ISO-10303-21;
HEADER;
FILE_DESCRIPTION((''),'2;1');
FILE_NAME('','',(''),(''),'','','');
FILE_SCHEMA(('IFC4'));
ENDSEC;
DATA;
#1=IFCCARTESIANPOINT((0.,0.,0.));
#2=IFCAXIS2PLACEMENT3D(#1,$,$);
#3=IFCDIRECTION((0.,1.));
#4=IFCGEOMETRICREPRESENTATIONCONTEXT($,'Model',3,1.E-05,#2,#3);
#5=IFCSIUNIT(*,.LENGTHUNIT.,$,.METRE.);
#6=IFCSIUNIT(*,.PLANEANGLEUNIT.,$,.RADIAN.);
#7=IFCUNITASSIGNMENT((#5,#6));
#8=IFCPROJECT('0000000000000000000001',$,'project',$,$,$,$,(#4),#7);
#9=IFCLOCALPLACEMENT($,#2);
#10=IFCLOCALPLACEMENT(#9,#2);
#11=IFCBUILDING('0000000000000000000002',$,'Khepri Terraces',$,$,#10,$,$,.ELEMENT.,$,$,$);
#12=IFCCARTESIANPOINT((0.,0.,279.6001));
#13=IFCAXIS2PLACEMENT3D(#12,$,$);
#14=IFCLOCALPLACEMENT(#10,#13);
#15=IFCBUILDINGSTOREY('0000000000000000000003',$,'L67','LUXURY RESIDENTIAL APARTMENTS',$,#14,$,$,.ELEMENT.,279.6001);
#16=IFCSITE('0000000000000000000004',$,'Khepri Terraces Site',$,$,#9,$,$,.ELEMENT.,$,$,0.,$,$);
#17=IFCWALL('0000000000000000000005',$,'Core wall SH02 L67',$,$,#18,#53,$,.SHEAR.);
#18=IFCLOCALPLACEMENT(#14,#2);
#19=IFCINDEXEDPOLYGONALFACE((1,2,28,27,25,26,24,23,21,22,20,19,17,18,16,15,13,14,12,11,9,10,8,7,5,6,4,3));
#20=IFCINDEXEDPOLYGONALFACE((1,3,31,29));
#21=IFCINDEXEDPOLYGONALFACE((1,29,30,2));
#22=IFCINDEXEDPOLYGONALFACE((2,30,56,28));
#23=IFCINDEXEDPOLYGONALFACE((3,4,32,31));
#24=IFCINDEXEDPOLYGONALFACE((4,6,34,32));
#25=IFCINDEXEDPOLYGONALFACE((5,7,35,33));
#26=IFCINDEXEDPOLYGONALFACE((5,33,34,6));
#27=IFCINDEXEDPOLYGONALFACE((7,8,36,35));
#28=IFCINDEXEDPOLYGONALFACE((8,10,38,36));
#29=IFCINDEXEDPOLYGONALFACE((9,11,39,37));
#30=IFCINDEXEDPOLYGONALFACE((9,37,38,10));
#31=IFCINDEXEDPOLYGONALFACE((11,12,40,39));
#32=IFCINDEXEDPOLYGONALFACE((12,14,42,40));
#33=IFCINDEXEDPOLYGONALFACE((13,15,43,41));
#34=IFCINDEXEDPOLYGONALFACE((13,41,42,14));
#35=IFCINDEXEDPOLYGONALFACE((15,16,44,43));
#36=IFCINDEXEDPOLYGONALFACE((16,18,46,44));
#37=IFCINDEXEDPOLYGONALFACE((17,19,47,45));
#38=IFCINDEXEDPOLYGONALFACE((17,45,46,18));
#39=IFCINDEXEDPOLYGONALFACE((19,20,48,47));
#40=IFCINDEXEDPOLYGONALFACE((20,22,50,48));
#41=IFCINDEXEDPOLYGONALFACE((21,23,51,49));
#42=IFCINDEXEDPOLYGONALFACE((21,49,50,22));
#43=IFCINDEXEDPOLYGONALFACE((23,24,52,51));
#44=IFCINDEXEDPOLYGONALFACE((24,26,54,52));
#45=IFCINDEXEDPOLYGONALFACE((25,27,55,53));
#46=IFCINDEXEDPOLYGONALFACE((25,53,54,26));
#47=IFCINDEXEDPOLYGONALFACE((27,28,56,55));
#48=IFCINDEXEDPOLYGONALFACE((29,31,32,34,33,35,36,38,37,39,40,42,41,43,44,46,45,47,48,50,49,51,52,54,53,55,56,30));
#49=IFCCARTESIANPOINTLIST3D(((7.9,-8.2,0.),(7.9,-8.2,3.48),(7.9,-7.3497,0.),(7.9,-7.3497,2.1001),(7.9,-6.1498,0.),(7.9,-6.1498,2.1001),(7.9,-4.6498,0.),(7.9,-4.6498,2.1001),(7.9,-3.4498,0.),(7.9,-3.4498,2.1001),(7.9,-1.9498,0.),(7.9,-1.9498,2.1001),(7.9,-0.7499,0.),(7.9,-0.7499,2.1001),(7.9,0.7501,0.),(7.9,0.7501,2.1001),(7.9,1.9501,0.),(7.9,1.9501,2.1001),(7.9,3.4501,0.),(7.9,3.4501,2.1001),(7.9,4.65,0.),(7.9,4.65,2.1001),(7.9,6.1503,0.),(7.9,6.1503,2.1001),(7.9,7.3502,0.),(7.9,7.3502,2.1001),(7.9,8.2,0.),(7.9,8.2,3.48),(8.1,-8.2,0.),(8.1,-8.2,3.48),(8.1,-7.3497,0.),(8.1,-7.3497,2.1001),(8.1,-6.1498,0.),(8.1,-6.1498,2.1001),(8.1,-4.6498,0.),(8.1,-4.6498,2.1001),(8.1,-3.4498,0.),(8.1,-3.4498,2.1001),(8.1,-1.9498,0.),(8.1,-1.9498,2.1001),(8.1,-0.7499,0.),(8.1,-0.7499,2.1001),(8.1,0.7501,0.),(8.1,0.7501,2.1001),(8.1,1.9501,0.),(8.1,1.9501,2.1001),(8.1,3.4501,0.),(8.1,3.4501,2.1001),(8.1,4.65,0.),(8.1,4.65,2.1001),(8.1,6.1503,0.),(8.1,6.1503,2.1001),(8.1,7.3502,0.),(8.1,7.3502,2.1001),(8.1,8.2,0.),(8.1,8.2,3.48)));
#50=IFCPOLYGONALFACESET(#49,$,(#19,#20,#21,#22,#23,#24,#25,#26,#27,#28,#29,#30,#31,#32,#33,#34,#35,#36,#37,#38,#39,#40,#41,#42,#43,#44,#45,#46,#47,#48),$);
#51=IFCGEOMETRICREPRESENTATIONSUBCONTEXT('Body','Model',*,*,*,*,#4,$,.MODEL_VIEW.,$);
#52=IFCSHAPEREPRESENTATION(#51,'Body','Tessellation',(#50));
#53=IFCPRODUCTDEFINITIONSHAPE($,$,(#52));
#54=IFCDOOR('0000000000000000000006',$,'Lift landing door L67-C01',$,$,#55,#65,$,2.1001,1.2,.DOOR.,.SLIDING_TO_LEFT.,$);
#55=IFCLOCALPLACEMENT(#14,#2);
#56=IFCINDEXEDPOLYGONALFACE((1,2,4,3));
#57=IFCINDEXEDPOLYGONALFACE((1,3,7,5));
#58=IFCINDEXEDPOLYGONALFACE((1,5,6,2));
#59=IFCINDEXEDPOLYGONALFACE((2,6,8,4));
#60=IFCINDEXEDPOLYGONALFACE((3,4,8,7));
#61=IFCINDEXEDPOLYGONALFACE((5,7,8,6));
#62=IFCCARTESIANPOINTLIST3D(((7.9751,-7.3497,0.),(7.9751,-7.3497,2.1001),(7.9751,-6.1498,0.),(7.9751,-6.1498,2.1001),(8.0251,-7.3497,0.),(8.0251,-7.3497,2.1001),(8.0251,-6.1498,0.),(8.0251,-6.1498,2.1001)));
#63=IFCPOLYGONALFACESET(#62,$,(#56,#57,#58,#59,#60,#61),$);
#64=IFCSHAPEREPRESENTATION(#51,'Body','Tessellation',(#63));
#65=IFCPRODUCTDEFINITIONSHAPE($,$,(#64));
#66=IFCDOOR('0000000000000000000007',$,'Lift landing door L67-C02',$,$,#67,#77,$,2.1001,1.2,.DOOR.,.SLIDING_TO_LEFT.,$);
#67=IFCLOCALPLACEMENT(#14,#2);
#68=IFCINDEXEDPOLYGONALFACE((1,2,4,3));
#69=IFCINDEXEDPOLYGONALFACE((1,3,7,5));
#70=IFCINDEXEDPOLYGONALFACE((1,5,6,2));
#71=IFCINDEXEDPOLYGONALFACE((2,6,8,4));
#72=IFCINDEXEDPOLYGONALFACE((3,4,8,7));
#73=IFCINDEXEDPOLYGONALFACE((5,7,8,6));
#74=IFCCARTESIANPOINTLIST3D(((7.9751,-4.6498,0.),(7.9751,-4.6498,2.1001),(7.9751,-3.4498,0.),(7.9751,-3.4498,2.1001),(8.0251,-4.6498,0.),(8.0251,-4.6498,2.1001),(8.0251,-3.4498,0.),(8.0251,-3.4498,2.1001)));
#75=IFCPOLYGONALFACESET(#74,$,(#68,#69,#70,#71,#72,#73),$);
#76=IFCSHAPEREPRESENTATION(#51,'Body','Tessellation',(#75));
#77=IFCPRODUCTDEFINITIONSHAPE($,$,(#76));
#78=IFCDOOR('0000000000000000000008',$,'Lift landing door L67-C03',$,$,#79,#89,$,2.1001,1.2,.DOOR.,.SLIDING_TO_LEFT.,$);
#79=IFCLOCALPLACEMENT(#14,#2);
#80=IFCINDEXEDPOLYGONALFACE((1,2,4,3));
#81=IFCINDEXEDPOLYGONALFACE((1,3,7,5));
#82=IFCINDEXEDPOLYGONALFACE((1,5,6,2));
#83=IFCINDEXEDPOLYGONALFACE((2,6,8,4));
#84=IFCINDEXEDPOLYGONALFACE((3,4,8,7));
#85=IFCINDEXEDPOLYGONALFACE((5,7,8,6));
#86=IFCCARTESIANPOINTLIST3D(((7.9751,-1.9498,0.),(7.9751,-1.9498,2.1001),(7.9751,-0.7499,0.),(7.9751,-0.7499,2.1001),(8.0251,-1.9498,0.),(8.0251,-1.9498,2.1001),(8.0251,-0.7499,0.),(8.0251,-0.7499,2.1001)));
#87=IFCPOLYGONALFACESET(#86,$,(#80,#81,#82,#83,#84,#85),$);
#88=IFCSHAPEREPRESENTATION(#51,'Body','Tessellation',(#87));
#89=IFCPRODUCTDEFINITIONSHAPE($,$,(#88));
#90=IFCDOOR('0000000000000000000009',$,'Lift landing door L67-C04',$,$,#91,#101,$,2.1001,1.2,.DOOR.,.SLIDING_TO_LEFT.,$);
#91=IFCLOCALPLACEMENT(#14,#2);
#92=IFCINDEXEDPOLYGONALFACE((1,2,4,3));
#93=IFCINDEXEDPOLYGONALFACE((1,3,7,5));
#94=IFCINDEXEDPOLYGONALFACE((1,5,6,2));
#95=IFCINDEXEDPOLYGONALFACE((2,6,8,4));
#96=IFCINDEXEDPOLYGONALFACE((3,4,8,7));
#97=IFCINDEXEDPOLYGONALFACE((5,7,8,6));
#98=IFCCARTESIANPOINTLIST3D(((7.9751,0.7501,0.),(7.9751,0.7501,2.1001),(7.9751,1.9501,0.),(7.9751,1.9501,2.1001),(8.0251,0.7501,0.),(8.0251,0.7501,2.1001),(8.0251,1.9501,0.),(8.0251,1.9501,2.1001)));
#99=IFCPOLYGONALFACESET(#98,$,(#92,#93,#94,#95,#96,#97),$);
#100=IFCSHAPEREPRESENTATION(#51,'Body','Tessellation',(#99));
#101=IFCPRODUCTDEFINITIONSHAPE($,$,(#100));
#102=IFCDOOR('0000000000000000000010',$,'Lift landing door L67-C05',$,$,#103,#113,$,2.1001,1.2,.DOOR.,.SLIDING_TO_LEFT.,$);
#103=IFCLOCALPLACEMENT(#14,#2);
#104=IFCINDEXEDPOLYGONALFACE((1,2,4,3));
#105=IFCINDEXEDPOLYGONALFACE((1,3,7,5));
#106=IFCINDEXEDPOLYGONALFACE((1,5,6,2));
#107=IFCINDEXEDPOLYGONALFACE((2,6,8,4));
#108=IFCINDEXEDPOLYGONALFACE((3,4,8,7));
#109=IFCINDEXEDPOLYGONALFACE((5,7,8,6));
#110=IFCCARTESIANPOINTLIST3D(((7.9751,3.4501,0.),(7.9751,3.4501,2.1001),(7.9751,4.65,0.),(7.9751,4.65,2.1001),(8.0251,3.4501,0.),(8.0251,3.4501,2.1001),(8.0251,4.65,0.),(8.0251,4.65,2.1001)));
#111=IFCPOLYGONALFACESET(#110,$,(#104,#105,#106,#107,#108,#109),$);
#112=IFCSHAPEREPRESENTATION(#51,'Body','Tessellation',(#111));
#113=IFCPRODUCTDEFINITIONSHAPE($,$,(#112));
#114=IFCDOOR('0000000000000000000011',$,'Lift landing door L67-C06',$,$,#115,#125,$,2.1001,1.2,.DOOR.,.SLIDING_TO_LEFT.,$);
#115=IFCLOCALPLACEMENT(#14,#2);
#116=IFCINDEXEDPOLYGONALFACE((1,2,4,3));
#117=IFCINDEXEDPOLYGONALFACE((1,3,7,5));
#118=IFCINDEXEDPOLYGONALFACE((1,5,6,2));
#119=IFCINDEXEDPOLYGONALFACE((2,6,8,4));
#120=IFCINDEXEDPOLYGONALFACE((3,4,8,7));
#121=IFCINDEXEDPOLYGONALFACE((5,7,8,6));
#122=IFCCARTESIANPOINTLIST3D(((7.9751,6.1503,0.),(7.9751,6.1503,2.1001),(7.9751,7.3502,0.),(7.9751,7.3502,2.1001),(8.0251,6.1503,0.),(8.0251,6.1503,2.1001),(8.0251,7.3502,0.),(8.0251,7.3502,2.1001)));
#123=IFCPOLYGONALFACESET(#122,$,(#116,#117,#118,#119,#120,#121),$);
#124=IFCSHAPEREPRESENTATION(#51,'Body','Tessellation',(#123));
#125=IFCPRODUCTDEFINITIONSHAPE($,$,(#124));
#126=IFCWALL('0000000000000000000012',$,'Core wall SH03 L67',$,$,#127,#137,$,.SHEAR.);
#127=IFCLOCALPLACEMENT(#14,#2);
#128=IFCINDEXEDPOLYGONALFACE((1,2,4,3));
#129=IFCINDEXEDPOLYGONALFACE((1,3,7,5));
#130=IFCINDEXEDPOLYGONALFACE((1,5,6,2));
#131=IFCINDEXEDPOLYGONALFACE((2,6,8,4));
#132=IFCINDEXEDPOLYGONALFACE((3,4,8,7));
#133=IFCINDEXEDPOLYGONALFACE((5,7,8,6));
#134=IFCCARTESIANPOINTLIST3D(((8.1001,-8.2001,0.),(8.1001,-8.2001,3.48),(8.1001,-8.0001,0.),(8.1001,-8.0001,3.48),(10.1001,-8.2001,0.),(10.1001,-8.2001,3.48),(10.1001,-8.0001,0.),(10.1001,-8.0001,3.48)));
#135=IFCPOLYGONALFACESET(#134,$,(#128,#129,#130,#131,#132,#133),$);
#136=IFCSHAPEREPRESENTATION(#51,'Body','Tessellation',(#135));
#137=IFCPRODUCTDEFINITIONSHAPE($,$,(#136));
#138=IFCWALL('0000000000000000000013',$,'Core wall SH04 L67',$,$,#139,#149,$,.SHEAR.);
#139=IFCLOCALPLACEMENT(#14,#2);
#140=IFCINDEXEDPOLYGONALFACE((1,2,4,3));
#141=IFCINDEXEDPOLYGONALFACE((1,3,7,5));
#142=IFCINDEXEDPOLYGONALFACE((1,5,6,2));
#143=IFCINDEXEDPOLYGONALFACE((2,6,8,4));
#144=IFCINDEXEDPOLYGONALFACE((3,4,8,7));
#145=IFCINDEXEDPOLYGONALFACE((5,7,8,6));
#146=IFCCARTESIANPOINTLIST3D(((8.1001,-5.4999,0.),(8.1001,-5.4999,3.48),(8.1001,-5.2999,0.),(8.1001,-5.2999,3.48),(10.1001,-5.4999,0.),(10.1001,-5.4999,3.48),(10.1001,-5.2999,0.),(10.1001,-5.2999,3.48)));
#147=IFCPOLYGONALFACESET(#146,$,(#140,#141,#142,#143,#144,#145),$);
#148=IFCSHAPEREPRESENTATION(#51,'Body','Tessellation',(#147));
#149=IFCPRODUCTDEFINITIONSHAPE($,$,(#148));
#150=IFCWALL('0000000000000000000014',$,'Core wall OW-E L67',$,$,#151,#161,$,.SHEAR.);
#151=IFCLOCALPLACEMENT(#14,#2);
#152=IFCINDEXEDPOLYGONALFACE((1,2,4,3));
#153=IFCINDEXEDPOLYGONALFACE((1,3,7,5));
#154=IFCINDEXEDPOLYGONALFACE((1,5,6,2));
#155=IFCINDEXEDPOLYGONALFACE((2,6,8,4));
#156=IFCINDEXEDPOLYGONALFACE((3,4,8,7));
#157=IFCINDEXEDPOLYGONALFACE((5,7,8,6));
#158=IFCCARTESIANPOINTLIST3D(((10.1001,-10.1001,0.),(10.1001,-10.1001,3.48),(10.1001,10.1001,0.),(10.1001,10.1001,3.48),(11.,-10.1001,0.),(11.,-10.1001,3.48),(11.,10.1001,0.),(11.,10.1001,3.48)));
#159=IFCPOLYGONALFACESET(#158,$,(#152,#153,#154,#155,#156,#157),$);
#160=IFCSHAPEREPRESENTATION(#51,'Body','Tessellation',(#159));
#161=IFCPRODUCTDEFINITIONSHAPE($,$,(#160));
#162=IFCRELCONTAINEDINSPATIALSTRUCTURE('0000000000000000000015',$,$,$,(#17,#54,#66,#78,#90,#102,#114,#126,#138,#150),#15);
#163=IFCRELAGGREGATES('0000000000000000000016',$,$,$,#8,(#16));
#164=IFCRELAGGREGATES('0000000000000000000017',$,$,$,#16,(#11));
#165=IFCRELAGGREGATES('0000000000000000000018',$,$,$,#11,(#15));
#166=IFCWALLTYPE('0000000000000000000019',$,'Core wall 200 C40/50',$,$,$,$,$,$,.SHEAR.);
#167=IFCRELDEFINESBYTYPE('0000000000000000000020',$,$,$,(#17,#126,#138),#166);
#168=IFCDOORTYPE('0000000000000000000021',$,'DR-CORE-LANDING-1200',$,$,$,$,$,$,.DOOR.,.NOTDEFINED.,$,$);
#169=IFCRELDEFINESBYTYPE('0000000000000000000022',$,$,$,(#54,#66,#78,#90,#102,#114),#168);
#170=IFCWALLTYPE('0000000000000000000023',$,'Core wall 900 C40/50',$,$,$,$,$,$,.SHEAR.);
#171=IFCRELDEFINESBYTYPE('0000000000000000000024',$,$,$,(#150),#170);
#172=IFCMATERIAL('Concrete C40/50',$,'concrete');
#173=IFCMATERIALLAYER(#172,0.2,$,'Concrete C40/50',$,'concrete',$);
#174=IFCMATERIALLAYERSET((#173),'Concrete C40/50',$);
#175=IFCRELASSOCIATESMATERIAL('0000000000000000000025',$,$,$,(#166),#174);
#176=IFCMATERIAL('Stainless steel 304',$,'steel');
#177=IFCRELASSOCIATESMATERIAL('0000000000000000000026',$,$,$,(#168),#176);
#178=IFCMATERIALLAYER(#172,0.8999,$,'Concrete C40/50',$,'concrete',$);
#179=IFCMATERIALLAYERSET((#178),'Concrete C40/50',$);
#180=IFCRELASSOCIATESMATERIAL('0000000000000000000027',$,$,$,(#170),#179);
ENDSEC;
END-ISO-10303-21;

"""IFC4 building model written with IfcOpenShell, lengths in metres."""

from ifc_helpers import new_model, si_unit, direction, frame, frame_2d, origin, place, context, subcontext, project, spatial, rectangle, extrude, material, layer, layer_set, type_object, element, fill, save


model = new_model("IFC4")

# Units and contexts
model_context = context("Model", 3, precision=1e-05, world=origin(), true_north=direction((0.0, 1.0)))
body_context = subcontext(model_context, "Body", "Model", "MODEL_VIEW")
ifc_project = project(units=[si_unit("LENGTHUNIT", "METRE"), si_unit("PLANEANGLEUNIT", "RADIAN")], contexts=[model_context])

# Site, building, storey
site_placement = place(None, origin())
site = spatial("IfcSite", under=ifc_project, at=site_placement, Name="Khepri Terraces Site", CompositionType="ELEMENT", RefElevation=0.0)
building_placement = place(site_placement, origin())
building = spatial("IfcBuilding", under=site, at=building_placement, Name="Khepri Terraces", CompositionType="ELEMENT")
storey_placement = place(building_placement, frame((0.0, 0.0, 279.6001)))
storey = spatial("IfcBuildingStorey", under=building, at=storey_placement, Name="L67", Description="LUXURY RESIDENTIAL APARTMENTS", CompositionType="ELEMENT", Elevation=279.6001)

# Shared definitions
ifc_material_1 = material(Name="Concrete C40/50", Category="concrete")

# Shared definitions
ifc_layer_1 = layer(ifc_material_1, 0.2, Name="Concrete C40/50", Category="concrete")
ifc_layer_set_1 = layer_set([ifc_layer_1], Name="Concrete C40/50")
wall_type_1 = type_object("IfcWallType", Name="Core wall 200 C40/50", PredefinedType="SHEAR", material=ifc_layer_set_1)

# Wall, openings, doors
wall_1_placement = place(storey_placement, frame((8.0, -8.2, 0.0), z_axis=(0.0, 0.0, 1.0), x_axis=(0.0, 1.0, 0.0)))
wall_1 = element("IfcWall", 1, at=wall_1_placement, inside=storey, type_object=wall_type_1, Name="Core wall SH02 L67", PredefinedType="SHEAR", context=body_context, shape_type="SweptSolid", body=[
    extrude(rectangle(XDim=16.3999, YDim=0.2, at=frame_2d((8.2, 0.0))), origin(), (0.0, 0.0, 1.0), 3.48),
])
opening_1_placement = place(wall_1_placement, frame((0.8501, 0.0, 0.0)))
opening_1 = element("IfcOpeningElement", 2, at=opening_1_placement, cuts=wall_1, PredefinedType="OPENING", context=body_context, shape_type="SweptSolid", body=[
    extrude(rectangle(XDim=1.2, YDim=2.1001, at=frame_2d((0.6001, 1.05))), frame((0.0, 0.1099, 0.0), z_axis=(0.0, -1.0, 0.0), x_axis=(1.0, 0.0, 0.0)), (0.0, 0.0, 1.0), 0.22),
])
opening_2_placement = place(wall_1_placement, frame((3.55, 0.0, 0.0)))
opening_2 = element("IfcOpeningElement", 3, at=opening_2_placement, cuts=wall_1, PredefinedType="OPENING", context=body_context, shape_type="SweptSolid", body=[
    extrude(rectangle(XDim=1.2, YDim=2.1001, at=frame_2d((0.6001, 1.05))), frame((0.0, 0.1099, 0.0), z_axis=(0.0, -1.0, 0.0), x_axis=(1.0, 0.0, 0.0)), (0.0, 0.0, 1.0), 0.22),
])
opening_3_placement = place(wall_1_placement, frame((6.25, 0.0, 0.0)))
opening_3 = element("IfcOpeningElement", 4, at=opening_3_placement, cuts=wall_1, PredefinedType="OPENING", context=body_context, shape_type="SweptSolid", body=[
    extrude(rectangle(XDim=1.2, YDim=2.1001, at=frame_2d((0.6001, 1.05))), frame((0.0, 0.1099, 0.0), z_axis=(0.0, -1.0, 0.0), x_axis=(1.0, 0.0, 0.0)), (0.0, 0.0, 1.0), 0.22),
])
opening_4_placement = place(wall_1_placement, frame((8.95, 0.0, 0.0)))
opening_4 = element("IfcOpeningElement", 5, at=opening_4_placement, cuts=wall_1, PredefinedType="OPENING", context=body_context, shape_type="SweptSolid", body=[
    extrude(rectangle(XDim=1.2, YDim=2.1001, at=frame_2d((0.6001, 1.05))), frame((0.0, 0.1099, 0.0), z_axis=(0.0, -1.0, 0.0), x_axis=(1.0, 0.0, 0.0)), (0.0, 0.0, 1.0), 0.22),
])
opening_5_placement = place(wall_1_placement, frame((11.6499, 0.0, 0.0)))
opening_5 = element("IfcOpeningElement", 6, at=opening_5_placement, cuts=wall_1, PredefinedType="OPENING", context=body_context, shape_type="SweptSolid", body=[
    extrude(rectangle(XDim=1.2, YDim=2.1001, at=frame_2d((0.6001, 1.05))), frame((0.0, 0.1099, 0.0), z_axis=(0.0, -1.0, 0.0), x_axis=(1.0, 0.0, 0.0)), (0.0, 0.0, 1.0), 0.22),
])
opening_6_placement = place(wall_1_placement, frame((14.3501, 0.0, 0.0)))
opening_6 = element("IfcOpeningElement", 7, at=opening_6_placement, cuts=wall_1, PredefinedType="OPENING", context=body_context, shape_type="SweptSolid", body=[
    extrude(rectangle(XDim=1.2, YDim=2.1001, at=frame_2d((0.6001, 1.05))), frame((0.0, 0.1099, 0.0), z_axis=(0.0, -1.0, 0.0), x_axis=(1.0, 0.0, 0.0)), (0.0, 0.0, 1.0), 0.22),
])
ifc_material_2 = material(Name="Stainless steel 304", Category="steel")
door_type_1 = type_object("IfcDoorType", Name="DR-CORE-LANDING-1200", OperationType="NOTDEFINED", PredefinedType="DOOR", material=ifc_material_2)
door_1_placement = place(opening_1_placement, origin())
door_1 = element("IfcDoor", 8, at=door_1_placement, inside=storey, type_object=door_type_1, Name="Lift landing door L67-C01", OperationType="SLIDING_TO_LEFT", OverallHeight=2.1001, OverallWidth=1.2, PredefinedType="DOOR", context=body_context, shape_type="SweptSolid", body=[
    extrude(rectangle(XDim=1.2, YDim=2.1001, at=frame_2d((0.6001, 1.05))), frame((0.0, 0.0249, 0.0), z_axis=(0.0, -1.0, 0.0), x_axis=(1.0, 0.0, 0.0)), (0.0, 0.0, 1.0), 0.05),
])
fill(opening_1, door_1)
door_2_placement = place(opening_2_placement, origin())
door_2 = element("IfcDoor", 9, at=door_2_placement, inside=storey, type_object=door_type_1, Name="Lift landing door L67-C02", OperationType="SLIDING_TO_LEFT", OverallHeight=2.1001, OverallWidth=1.2, PredefinedType="DOOR", context=body_context, shape_type="SweptSolid", body=[
    extrude(rectangle(XDim=1.2, YDim=2.1001, at=frame_2d((0.6001, 1.05))), frame((0.0, 0.0249, 0.0), z_axis=(0.0, -1.0, 0.0), x_axis=(1.0, 0.0, 0.0)), (0.0, 0.0, 1.0), 0.05),
])
fill(opening_2, door_2)
door_3_placement = place(opening_3_placement, origin())
door_3 = element("IfcDoor", 10, at=door_3_placement, inside=storey, type_object=door_type_1, Name="Lift landing door L67-C03", OperationType="SLIDING_TO_LEFT", OverallHeight=2.1001, OverallWidth=1.2, PredefinedType="DOOR", context=body_context, shape_type="SweptSolid", body=[
    extrude(rectangle(XDim=1.2, YDim=2.1001, at=frame_2d((0.6001, 1.05))), frame((0.0, 0.0249, 0.0), z_axis=(0.0, -1.0, 0.0), x_axis=(1.0, 0.0, 0.0)), (0.0, 0.0, 1.0), 0.05),
])
fill(opening_3, door_3)
door_4_placement = place(opening_4_placement, origin())
door_4 = element("IfcDoor", 11, at=door_4_placement, inside=storey, type_object=door_type_1, Name="Lift landing door L67-C04", OperationType="SLIDING_TO_LEFT", OverallHeight=2.1001, OverallWidth=1.2, PredefinedType="DOOR", context=body_context, shape_type="SweptSolid", body=[
    extrude(rectangle(XDim=1.2, YDim=2.1001, at=frame_2d((0.6001, 1.05))), frame((0.0, 0.0249, 0.0), z_axis=(0.0, -1.0, 0.0), x_axis=(1.0, 0.0, 0.0)), (0.0, 0.0, 1.0), 0.05),
])
fill(opening_4, door_4)
door_5_placement = place(opening_5_placement, origin())
door_5 = element("IfcDoor", 12, at=door_5_placement, inside=storey, type_object=door_type_1, Name="Lift landing door L67-C05", OperationType="SLIDING_TO_LEFT", OverallHeight=2.1001, OverallWidth=1.2, PredefinedType="DOOR", context=body_context, shape_type="SweptSolid", body=[
    extrude(rectangle(XDim=1.2, YDim=2.1001, at=frame_2d((0.6001, 1.05))), frame((0.0, 0.0249, 0.0), z_axis=(0.0, -1.0, 0.0), x_axis=(1.0, 0.0, 0.0)), (0.0, 0.0, 1.0), 0.05),
])
fill(opening_5, door_5)
door_6_placement = place(opening_6_placement, origin())
door_6 = element("IfcDoor", 13, at=door_6_placement, inside=storey, type_object=door_type_1, Name="Lift landing door L67-C06", OperationType="SLIDING_TO_LEFT", OverallHeight=2.1001, OverallWidth=1.2, PredefinedType="DOOR", context=body_context, shape_type="SweptSolid", body=[
    extrude(rectangle(XDim=1.2, YDim=2.1001, at=frame_2d((0.6001, 1.05))), frame((0.0, 0.0249, 0.0), z_axis=(0.0, -1.0, 0.0), x_axis=(1.0, 0.0, 0.0)), (0.0, 0.0, 1.0), 0.05),
])
fill(opening_6, door_6)

# Walls
for number, where, z_axis, x_axis, name in (
    (14, (8.1001, -8.1001, 0.0), (0.0, 0.0, 1.0), (1.0, 0.0, 0.0), "Core wall SH03 L67"),
    (15, (8.1001, -5.3999, 0.0), (0.0, 0.0, 1.0), (1.0, 0.0, 0.0), "Core wall SH04 L67"),
):
    element("IfcWall", number, at=place(storey_placement, frame(where, z_axis=z_axis, x_axis=x_axis)), inside=storey, type_object=wall_type_1, Name=name, PredefinedType="SHEAR", context=body_context, shape_type="SweptSolid", body=[
        extrude(rectangle(XDim=2.0, YDim=0.2, at=frame_2d((1.0, 0.0))), origin(), (0.0, 0.0, 1.0), 3.48),
    ])
ifc_layer_2 = layer(ifc_material_1, 0.8999, Name="Concrete C40/50", Category="concrete")
ifc_layer_set_2 = layer_set([ifc_layer_2], Name="Concrete C40/50")
wall_type_2 = type_object("IfcWallType", Name="Core wall 900 C40/50", PredefinedType="SHEAR", material=ifc_layer_set_2)
wall_2_placement = place(storey_placement, frame((10.55, -10.1001, 0.0), z_axis=(0.0, 0.0, 1.0), x_axis=(0.0, 1.0, 0.0)))
element("IfcWall", 16, at=wall_2_placement, inside=storey, type_object=wall_type_2, Name="Core wall OW-E L67", PredefinedType="SHEAR", context=body_context, shape_type="SweptSolid", body=[
    extrude(rectangle(XDim=20.2002, YDim=0.8999, at=frame_2d((10.1001, 0.0))), origin(), (0.0, 0.0, 1.0), 3.48),
])

save(model, "model.ifc")
